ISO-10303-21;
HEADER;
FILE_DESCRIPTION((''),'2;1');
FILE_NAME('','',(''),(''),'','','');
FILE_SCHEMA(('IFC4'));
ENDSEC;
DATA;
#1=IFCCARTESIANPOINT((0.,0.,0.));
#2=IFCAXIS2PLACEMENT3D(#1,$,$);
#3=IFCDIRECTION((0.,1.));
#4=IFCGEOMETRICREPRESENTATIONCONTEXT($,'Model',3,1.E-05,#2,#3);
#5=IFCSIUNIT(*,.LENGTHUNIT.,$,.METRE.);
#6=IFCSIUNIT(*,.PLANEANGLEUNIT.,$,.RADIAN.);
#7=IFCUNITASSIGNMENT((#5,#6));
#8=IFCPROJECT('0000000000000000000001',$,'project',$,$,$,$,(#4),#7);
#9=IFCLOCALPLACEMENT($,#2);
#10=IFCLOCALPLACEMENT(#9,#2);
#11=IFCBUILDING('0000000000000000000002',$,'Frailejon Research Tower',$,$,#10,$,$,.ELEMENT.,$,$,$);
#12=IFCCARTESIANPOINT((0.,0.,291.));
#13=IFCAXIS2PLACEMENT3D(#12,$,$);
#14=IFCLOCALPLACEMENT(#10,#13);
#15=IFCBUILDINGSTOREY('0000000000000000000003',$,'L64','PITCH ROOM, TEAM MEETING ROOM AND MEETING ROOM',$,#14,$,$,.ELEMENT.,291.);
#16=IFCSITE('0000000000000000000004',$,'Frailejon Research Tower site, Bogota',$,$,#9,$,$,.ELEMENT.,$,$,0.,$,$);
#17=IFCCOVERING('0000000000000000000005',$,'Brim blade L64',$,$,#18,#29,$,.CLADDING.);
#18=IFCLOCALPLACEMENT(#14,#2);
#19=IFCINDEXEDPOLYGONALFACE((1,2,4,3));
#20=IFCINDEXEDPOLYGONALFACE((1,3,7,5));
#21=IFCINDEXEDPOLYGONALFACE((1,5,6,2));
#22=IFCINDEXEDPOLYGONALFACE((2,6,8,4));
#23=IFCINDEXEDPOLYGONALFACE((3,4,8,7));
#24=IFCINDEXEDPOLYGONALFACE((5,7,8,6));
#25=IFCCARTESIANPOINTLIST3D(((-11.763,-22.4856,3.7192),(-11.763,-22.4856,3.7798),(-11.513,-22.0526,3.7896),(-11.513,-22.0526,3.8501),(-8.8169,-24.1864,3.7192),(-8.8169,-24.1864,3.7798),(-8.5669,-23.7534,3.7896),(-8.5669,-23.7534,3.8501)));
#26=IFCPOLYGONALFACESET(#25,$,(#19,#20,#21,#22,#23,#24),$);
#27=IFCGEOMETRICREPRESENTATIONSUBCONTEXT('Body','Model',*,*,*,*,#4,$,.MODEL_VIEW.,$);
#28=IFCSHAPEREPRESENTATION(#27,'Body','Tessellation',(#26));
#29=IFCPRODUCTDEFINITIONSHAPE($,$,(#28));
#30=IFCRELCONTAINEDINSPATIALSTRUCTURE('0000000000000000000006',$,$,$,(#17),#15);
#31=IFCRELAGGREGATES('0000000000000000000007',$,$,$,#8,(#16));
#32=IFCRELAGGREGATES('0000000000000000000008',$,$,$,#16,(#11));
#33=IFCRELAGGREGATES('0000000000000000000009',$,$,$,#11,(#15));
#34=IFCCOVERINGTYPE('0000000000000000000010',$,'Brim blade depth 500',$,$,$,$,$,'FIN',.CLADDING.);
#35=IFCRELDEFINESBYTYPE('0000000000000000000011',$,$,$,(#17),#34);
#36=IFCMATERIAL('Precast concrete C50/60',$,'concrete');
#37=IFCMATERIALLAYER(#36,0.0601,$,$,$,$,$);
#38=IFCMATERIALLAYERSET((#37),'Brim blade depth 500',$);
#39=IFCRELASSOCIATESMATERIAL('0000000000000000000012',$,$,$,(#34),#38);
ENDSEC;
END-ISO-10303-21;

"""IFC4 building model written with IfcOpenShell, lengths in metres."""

from ifc_helpers import new_model, si_unit, direction, frame, origin, place, context, subcontext, project, spatial, polyline, outline, extrude, material, layer, layer_set, type_object, element, save


model = new_model("IFC4")

# Units and contexts
model_context = context("Model", 3, precision=1e-05, world=origin(), true_north=direction((0.0, 1.0)))
body_context = subcontext(model_context, "Body", "Model", "MODEL_VIEW")
ifc_project = project(units=[si_unit("LENGTHUNIT", "METRE"), si_unit("PLANEANGLEUNIT", "RADIAN")], contexts=[model_context])

# Site, building, storey
site_placement = place(None, origin())
site = spatial("IfcSite", under=ifc_project, at=site_placement, Name="Frailejon Research Tower site, Bogota", CompositionType="ELEMENT", RefElevation=0.0)
building_placement = place(site_placement, origin())
building = spatial("IfcBuilding", under=site, at=building_placement, Name="Frailejon Research Tower", CompositionType="ELEMENT")
storey_placement = place(building_placement, frame((0.0, 0.0, 291.0)))
storey = spatial("IfcBuildingStorey", under=building, at=storey_placement, Name="L64", Description="PITCH ROOM, TEAM MEETING ROOM AND MEETING ROOM", CompositionType="ELEMENT", Elevation=291.0)

# Covering
ifc_material_1 = material(Name="Precast concrete C50/60", Category="concrete")
ifc_layer_1 = layer(ifc_material_1, 0.0601)
ifc_layer_set_1 = layer_set([ifc_layer_1], Name="Brim blade depth 500")
covering_type_1 = type_object("IfcCoveringType", Name="Brim blade depth 500", ElementType="FIN", PredefinedType="CLADDING", material=ifc_layer_set_1)
covering_placement = place(storey_placement, frame((-8.5669, -23.7534, 3.8501), z_axis=(-0.866036, 0.499981, 0.0), x_axis=(-0.499981, -0.866036, 0.0)))
element("IfcCovering", 1, at=covering_placement, inside=storey, type_object=covering_type_1, Name="Brim blade L64", PredefinedType="CLADDING", context=body_context, shape_type="SweptSolid", body=[
    extrude(outline(polyline([(0.0, -0.0605), (0.5, -0.1309), (0.5, -0.0703), (0.0, 0.0), (0.0, -0.0605)])), origin(), (0.0, 0.0, 1.0), 3.4019),
])

save(model, "model.ifc")
